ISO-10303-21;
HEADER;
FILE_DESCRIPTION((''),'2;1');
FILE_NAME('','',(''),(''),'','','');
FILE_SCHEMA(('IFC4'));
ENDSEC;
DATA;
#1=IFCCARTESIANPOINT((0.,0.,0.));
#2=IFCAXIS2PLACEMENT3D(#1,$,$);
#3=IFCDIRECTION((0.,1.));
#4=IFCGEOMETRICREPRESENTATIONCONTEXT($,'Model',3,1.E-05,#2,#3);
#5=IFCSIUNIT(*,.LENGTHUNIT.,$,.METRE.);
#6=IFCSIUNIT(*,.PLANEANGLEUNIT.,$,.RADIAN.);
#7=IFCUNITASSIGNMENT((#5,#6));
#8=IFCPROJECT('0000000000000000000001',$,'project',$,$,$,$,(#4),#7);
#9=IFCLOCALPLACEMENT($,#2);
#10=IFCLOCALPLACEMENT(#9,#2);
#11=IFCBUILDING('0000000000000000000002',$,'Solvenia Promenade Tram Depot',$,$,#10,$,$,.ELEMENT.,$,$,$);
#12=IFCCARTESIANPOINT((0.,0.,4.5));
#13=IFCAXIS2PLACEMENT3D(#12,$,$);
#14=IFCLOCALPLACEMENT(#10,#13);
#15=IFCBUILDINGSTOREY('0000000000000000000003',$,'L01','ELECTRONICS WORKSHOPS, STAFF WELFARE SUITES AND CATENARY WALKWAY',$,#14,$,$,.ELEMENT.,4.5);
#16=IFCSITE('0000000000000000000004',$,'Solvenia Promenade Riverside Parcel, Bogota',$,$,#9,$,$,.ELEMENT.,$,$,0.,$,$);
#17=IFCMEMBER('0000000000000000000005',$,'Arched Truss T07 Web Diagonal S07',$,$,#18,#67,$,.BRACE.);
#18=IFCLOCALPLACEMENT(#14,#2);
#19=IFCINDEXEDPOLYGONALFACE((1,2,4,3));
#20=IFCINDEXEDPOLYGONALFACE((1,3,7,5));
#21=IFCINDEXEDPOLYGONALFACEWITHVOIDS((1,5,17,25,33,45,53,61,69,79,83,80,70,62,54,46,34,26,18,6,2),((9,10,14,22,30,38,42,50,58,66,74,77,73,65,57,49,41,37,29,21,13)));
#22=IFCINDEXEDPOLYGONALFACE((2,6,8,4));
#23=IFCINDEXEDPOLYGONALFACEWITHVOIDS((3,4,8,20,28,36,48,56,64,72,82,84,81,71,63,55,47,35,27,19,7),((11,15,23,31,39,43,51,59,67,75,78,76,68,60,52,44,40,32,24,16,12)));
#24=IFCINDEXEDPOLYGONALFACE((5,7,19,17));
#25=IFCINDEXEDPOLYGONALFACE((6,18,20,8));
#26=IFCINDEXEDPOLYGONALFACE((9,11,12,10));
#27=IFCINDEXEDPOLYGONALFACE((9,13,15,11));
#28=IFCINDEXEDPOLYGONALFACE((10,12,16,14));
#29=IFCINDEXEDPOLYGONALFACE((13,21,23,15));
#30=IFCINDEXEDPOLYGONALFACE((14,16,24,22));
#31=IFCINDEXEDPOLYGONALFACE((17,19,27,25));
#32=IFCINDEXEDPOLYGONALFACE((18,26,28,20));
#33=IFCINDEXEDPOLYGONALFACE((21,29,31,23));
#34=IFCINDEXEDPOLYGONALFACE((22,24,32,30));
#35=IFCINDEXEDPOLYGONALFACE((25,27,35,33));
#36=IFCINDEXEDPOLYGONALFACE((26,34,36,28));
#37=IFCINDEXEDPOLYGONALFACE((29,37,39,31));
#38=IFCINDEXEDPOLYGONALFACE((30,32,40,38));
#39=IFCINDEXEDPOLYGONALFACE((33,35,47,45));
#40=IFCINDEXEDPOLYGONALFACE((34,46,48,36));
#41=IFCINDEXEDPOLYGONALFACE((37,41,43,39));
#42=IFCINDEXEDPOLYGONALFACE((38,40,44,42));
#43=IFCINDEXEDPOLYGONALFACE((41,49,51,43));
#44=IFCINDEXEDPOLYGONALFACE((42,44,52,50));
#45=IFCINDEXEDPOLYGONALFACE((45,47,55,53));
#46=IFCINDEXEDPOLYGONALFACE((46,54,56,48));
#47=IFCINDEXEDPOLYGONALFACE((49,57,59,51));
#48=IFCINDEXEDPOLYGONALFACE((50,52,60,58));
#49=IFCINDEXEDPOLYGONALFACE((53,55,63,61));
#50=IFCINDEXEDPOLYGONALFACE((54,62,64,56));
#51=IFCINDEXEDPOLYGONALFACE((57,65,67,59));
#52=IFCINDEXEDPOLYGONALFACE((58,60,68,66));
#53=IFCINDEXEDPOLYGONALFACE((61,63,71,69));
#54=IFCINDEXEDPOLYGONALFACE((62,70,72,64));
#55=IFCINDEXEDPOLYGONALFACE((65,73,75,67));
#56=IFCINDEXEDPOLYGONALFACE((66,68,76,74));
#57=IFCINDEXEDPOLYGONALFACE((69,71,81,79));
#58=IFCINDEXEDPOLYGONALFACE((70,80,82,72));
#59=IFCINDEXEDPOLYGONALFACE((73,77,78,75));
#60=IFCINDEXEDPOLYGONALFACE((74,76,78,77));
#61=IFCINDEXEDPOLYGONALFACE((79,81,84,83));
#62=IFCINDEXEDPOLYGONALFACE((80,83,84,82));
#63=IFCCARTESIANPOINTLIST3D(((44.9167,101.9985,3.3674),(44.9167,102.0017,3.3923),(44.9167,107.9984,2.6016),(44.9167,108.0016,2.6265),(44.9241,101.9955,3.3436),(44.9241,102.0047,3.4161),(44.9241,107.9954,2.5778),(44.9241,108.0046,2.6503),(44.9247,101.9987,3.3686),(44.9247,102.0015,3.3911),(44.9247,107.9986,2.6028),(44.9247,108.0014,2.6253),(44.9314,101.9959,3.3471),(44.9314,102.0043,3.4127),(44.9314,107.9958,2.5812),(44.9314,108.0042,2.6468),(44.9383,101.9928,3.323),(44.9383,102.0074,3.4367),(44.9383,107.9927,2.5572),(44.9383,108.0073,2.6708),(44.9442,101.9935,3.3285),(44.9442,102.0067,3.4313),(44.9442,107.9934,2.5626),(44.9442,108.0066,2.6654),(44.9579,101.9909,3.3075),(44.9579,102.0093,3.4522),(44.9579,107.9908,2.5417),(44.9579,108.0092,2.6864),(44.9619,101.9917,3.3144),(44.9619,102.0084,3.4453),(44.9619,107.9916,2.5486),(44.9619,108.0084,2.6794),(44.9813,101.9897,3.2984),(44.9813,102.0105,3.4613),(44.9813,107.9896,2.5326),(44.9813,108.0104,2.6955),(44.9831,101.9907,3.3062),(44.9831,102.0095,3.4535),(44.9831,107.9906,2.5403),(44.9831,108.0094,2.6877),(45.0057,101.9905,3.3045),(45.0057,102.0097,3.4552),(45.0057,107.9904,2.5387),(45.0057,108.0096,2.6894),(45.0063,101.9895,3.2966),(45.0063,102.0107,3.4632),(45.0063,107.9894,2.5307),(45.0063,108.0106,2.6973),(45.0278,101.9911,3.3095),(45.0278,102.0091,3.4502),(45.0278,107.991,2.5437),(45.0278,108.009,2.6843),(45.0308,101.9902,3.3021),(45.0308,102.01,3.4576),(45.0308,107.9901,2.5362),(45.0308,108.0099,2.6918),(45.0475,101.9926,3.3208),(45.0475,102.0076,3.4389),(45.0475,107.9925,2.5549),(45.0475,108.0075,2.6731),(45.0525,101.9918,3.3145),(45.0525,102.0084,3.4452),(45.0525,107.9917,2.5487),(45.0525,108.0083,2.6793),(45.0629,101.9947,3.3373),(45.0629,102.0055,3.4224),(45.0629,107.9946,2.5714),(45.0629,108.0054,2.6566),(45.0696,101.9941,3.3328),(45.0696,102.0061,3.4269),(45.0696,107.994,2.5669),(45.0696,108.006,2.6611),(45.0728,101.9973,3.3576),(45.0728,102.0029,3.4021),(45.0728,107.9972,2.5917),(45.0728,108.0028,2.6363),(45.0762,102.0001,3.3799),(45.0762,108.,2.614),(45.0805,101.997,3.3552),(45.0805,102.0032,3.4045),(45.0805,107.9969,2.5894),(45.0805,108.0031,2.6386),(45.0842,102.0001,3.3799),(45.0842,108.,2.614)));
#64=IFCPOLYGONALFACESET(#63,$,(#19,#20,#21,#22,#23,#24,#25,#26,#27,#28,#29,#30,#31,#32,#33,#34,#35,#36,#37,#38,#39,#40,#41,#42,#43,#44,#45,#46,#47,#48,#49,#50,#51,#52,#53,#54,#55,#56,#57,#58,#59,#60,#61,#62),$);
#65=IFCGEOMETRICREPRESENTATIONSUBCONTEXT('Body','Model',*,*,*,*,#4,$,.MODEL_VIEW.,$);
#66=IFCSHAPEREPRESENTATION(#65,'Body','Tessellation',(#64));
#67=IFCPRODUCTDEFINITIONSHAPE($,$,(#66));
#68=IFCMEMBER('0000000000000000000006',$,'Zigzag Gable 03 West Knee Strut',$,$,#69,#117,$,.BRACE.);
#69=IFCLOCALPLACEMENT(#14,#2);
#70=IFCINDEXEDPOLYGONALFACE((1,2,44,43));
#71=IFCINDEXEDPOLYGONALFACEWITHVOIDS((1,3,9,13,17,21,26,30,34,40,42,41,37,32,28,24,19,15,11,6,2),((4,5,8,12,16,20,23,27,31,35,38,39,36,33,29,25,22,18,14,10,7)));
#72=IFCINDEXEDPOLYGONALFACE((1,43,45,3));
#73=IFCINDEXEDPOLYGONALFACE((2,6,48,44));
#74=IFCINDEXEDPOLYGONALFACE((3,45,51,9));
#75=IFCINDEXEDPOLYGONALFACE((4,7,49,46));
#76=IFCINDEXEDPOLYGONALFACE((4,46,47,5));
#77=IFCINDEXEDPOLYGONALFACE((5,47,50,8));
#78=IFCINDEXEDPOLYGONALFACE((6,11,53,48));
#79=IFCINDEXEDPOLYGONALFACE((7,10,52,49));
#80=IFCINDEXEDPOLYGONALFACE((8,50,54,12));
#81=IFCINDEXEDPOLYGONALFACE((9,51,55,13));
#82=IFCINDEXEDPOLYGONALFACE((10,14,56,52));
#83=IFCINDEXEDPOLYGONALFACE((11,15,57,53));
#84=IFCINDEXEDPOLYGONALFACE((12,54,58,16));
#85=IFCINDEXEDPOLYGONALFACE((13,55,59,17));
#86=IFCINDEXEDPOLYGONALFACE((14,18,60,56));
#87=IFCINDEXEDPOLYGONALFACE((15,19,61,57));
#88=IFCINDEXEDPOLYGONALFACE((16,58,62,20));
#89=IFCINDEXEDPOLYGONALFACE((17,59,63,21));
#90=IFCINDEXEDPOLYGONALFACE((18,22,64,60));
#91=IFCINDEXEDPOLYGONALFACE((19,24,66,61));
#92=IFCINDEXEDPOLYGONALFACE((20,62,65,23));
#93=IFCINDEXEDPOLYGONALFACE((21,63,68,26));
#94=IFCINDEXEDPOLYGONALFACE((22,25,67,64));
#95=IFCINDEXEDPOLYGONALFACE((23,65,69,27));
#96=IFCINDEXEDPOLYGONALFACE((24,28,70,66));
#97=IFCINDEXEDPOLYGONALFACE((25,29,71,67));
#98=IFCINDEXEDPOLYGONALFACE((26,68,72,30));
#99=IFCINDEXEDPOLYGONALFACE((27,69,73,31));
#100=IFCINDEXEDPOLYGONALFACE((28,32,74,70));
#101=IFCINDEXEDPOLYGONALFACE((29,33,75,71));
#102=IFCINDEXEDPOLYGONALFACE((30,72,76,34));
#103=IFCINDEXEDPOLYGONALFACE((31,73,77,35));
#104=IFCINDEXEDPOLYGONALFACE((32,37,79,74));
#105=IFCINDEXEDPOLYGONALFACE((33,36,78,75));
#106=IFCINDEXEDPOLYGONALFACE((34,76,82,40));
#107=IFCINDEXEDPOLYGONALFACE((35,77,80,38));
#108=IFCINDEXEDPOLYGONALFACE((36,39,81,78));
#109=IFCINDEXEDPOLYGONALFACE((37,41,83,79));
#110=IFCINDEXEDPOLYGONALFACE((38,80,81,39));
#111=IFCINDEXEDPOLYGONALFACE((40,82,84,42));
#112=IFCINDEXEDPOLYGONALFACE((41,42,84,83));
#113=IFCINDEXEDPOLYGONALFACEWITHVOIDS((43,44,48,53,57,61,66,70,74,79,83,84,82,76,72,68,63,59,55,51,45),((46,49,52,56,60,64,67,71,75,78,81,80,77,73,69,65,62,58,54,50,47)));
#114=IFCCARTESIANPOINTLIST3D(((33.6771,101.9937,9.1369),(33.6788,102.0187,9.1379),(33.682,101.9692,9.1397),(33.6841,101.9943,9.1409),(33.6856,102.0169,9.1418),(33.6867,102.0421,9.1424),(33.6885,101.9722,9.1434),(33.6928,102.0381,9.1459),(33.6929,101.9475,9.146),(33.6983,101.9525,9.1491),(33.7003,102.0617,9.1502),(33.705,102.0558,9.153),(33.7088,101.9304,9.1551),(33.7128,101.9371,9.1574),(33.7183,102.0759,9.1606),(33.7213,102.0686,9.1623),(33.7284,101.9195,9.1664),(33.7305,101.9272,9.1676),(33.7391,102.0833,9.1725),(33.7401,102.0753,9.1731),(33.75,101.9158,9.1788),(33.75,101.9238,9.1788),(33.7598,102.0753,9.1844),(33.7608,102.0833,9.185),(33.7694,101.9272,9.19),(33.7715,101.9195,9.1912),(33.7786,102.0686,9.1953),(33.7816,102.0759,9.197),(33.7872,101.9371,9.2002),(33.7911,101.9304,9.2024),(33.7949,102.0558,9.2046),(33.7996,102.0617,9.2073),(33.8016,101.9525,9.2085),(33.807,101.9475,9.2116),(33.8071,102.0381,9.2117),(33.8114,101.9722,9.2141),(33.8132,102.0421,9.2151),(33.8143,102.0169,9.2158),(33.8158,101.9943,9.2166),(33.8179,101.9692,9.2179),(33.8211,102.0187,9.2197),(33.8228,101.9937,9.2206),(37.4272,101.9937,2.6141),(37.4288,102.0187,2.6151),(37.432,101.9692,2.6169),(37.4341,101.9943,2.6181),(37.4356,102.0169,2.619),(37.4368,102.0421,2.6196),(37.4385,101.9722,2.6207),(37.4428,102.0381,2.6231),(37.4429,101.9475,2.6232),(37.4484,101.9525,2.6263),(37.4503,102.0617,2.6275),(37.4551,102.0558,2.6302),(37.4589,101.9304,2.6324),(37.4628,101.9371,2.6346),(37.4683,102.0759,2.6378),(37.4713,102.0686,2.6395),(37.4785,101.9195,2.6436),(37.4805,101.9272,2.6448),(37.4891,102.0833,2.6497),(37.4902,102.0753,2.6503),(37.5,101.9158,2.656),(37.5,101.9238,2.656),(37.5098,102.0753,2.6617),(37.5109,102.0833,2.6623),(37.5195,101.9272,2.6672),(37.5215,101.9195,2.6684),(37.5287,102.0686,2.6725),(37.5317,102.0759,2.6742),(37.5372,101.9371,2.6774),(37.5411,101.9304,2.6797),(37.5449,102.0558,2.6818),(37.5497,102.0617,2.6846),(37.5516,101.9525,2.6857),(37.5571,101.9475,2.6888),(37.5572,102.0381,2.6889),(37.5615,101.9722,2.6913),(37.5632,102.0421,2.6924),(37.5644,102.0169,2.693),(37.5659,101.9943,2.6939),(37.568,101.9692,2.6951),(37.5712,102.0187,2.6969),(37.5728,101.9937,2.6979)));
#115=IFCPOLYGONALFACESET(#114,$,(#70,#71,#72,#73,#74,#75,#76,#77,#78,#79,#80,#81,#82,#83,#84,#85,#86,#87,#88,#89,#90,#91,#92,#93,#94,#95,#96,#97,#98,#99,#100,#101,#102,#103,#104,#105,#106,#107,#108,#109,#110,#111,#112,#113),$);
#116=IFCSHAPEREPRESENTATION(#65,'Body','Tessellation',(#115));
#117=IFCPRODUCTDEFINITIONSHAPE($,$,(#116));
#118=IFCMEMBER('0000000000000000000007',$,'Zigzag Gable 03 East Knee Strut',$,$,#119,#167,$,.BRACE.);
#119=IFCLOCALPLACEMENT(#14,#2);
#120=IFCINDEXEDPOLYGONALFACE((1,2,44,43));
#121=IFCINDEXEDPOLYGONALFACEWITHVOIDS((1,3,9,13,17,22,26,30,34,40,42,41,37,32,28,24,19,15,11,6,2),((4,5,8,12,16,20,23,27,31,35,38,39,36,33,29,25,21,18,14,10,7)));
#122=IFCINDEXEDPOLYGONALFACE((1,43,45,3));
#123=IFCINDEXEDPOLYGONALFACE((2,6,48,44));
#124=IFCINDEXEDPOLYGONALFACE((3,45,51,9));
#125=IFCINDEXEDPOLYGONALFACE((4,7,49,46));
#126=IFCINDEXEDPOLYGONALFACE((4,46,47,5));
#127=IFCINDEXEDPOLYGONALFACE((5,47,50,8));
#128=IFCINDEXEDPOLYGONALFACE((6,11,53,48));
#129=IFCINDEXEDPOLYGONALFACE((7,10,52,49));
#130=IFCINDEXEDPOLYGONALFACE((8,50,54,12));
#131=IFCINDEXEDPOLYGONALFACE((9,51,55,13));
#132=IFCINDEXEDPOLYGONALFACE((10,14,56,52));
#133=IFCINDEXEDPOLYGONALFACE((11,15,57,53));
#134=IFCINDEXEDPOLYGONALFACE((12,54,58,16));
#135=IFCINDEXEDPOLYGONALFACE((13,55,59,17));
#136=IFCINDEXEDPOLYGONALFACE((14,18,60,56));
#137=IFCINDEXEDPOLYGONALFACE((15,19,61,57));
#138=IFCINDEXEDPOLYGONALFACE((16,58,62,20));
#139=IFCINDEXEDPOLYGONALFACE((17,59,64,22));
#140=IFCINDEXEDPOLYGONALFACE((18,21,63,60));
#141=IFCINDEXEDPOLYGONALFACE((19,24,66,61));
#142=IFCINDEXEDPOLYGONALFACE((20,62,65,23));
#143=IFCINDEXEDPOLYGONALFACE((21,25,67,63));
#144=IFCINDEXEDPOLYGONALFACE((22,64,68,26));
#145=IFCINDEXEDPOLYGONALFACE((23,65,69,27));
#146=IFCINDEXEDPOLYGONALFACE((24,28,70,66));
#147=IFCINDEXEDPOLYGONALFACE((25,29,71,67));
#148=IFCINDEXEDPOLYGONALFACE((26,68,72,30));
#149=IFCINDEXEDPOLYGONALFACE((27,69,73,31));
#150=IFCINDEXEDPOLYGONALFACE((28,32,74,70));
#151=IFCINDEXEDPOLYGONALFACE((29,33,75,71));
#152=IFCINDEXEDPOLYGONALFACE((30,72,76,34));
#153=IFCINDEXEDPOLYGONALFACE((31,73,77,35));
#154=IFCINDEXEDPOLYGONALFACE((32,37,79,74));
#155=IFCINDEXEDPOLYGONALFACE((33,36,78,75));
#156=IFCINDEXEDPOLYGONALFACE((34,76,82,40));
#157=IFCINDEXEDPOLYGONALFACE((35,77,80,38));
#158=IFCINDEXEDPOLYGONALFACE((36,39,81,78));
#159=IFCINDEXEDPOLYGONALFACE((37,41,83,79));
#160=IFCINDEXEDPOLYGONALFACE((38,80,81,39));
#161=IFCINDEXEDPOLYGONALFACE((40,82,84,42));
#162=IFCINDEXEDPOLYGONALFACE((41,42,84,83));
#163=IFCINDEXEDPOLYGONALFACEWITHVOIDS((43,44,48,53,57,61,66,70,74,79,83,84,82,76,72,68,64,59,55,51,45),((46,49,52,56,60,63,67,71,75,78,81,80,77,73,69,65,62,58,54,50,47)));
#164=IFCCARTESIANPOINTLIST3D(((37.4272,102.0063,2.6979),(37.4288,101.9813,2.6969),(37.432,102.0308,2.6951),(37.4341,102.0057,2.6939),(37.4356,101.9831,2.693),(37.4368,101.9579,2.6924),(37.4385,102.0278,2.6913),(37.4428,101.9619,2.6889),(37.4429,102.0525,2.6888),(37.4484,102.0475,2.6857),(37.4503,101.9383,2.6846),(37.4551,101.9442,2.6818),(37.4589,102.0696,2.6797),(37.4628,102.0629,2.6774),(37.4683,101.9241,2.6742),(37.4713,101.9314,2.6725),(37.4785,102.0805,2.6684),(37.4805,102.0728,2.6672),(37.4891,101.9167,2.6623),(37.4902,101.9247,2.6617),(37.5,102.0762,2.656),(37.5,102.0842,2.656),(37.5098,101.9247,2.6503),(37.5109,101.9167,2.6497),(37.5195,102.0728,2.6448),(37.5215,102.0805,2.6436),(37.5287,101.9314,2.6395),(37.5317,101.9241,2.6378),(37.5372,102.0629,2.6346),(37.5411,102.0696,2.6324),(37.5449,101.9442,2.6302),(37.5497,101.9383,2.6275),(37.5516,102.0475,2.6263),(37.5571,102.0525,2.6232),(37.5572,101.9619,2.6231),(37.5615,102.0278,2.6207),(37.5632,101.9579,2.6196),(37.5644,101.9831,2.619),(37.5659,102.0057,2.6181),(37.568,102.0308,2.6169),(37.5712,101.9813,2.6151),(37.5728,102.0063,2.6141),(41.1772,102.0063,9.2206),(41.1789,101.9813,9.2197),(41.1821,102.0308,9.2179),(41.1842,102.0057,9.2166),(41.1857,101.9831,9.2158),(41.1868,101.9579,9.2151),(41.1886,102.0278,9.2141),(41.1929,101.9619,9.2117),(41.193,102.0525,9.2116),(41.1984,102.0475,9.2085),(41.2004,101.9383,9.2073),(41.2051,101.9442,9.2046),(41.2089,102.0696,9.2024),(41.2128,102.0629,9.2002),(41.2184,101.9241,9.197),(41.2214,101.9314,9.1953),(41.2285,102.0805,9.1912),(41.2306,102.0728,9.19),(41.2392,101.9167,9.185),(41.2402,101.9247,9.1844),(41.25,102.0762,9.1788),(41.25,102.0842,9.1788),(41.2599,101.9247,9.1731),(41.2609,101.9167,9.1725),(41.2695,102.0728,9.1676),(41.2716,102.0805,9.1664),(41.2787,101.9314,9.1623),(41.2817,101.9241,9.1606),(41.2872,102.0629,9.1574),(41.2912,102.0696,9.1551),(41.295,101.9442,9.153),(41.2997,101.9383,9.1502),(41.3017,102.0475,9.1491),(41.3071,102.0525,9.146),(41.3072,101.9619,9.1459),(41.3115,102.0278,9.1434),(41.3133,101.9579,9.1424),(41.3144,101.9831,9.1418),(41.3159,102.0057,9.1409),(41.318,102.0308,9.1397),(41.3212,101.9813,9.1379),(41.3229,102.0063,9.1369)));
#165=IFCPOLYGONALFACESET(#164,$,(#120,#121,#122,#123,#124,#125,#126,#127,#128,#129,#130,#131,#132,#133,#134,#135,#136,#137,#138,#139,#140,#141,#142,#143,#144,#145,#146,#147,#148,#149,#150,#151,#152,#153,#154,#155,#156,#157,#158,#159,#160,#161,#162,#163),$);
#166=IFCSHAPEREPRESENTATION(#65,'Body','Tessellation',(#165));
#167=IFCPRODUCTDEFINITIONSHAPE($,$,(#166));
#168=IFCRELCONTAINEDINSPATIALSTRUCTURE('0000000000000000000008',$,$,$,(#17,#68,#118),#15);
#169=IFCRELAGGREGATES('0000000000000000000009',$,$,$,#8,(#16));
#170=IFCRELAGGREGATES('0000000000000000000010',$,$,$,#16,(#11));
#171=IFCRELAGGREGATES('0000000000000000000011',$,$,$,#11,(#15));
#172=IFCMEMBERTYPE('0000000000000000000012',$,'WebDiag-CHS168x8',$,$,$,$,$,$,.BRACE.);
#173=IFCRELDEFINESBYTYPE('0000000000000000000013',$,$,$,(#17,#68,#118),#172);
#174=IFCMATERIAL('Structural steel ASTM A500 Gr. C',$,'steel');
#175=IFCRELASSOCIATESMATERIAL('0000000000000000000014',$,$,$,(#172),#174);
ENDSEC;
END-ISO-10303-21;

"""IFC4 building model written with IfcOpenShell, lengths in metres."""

from ifc_helpers import new_model, si_unit, direction, frame, origin, origin_2d, place, context, subcontext, project, spatial, hollow_circle, extrude, material, material_profile, profile_set, type_object, element, save


model = new_model("IFC4")

# Units and contexts
model_context = context("Model", 3, precision=1e-05, world=origin(), true_north=direction((0.0, 1.0)))
body_context = subcontext(model_context, "Body", "Model", "MODEL_VIEW")
ifc_project = project(units=[si_unit("LENGTHUNIT", "METRE"), si_unit("PLANEANGLEUNIT", "RADIAN")], contexts=[model_context])

# Site, building, storey
site_placement = place(None, origin())
site = spatial("IfcSite", under=ifc_project, at=site_placement, Name="Solvenia Promenade Riverside Parcel, Bogota", CompositionType="ELEMENT", RefElevation=0.0)
building_placement = place(site_placement, origin())
building = spatial("IfcBuilding", under=site, at=building_placement, Name="Solvenia Promenade Tram Depot", CompositionType="ELEMENT")
storey_placement = place(building_placement, frame((0.0, 0.0, 4.5)))
storey = spatial("IfcBuildingStorey", under=building, at=storey_placement, Name="L01", Description="ELECTRONICS WORKSHOPS, STAFF WELFARE SUITES AND CATENARY WALKWAY", CompositionType="ELEMENT", Elevation=4.5)

# Shared definitions
ifc_material_1 = material(Name="Structural steel ASTM A500 Gr. C", Category="steel")

# Members
ifc_material_profile_1 = material_profile(ifc_material_1, hollow_circle(Radius=0.0842, WallThickness=0.0081, at=origin_2d()), Name="CHS168.3x8", Category="steel")
ifc_profile_set_1 = profile_set([ifc_material_profile_1], Name="Structural steel ASTM A500 Gr. C")
member_type_1 = type_object("IfcMemberType", Name="WebDiag-CHS168x8", PredefinedType="BRACE", material=ifc_profile_set_1)
member_1_placement = place(storey_placement, frame((45.0, 108.0, 2.614), z_axis=(0.0, -0.991952, 0.126618), x_axis=(1.0, 0.0, 0.0)))
element("IfcMember", 1, at=member_1_placement, inside=storey, type_object=member_type_1, Name="Arched Truss T07 Web Diagonal S07", PredefinedType="BRACE", context=body_context, shape_type="SweptSolid", body=[
    extrude(hollow_circle(Radius=0.0842, WallThickness=0.0081, at=origin_2d()), origin(), (0.0, 0.0, 1.0), 6.0486),
])
for number, where, z_axis, x_axis, name in (
    (2, (37.5, 102.0, 2.656), (-0.498416, 0.0, 0.866938), (0.0, -1.0, 0.0), "Zigzag Gable 03 West Knee Strut"),
    (3, (37.5, 102.0, 2.656), (0.498416, 0.0, 0.866938), (0.0, 1.0, 0.0), "Zigzag Gable 03 East Knee Strut"),
):
    element("IfcMember", number, at=place(storey_placement, frame(where, z_axis=z_axis, x_axis=x_axis)), inside=storey, type_object=member_type_1, Name=name, PredefinedType="BRACE", context=body_context, shape_type="SweptSolid", body=[
        extrude(hollow_circle(Radius=0.0842, WallThickness=0.0081, at=origin_2d()), origin(), (0.0, 0.0, 1.0), 7.5239),
    ])

save(model, "model.ifc")
